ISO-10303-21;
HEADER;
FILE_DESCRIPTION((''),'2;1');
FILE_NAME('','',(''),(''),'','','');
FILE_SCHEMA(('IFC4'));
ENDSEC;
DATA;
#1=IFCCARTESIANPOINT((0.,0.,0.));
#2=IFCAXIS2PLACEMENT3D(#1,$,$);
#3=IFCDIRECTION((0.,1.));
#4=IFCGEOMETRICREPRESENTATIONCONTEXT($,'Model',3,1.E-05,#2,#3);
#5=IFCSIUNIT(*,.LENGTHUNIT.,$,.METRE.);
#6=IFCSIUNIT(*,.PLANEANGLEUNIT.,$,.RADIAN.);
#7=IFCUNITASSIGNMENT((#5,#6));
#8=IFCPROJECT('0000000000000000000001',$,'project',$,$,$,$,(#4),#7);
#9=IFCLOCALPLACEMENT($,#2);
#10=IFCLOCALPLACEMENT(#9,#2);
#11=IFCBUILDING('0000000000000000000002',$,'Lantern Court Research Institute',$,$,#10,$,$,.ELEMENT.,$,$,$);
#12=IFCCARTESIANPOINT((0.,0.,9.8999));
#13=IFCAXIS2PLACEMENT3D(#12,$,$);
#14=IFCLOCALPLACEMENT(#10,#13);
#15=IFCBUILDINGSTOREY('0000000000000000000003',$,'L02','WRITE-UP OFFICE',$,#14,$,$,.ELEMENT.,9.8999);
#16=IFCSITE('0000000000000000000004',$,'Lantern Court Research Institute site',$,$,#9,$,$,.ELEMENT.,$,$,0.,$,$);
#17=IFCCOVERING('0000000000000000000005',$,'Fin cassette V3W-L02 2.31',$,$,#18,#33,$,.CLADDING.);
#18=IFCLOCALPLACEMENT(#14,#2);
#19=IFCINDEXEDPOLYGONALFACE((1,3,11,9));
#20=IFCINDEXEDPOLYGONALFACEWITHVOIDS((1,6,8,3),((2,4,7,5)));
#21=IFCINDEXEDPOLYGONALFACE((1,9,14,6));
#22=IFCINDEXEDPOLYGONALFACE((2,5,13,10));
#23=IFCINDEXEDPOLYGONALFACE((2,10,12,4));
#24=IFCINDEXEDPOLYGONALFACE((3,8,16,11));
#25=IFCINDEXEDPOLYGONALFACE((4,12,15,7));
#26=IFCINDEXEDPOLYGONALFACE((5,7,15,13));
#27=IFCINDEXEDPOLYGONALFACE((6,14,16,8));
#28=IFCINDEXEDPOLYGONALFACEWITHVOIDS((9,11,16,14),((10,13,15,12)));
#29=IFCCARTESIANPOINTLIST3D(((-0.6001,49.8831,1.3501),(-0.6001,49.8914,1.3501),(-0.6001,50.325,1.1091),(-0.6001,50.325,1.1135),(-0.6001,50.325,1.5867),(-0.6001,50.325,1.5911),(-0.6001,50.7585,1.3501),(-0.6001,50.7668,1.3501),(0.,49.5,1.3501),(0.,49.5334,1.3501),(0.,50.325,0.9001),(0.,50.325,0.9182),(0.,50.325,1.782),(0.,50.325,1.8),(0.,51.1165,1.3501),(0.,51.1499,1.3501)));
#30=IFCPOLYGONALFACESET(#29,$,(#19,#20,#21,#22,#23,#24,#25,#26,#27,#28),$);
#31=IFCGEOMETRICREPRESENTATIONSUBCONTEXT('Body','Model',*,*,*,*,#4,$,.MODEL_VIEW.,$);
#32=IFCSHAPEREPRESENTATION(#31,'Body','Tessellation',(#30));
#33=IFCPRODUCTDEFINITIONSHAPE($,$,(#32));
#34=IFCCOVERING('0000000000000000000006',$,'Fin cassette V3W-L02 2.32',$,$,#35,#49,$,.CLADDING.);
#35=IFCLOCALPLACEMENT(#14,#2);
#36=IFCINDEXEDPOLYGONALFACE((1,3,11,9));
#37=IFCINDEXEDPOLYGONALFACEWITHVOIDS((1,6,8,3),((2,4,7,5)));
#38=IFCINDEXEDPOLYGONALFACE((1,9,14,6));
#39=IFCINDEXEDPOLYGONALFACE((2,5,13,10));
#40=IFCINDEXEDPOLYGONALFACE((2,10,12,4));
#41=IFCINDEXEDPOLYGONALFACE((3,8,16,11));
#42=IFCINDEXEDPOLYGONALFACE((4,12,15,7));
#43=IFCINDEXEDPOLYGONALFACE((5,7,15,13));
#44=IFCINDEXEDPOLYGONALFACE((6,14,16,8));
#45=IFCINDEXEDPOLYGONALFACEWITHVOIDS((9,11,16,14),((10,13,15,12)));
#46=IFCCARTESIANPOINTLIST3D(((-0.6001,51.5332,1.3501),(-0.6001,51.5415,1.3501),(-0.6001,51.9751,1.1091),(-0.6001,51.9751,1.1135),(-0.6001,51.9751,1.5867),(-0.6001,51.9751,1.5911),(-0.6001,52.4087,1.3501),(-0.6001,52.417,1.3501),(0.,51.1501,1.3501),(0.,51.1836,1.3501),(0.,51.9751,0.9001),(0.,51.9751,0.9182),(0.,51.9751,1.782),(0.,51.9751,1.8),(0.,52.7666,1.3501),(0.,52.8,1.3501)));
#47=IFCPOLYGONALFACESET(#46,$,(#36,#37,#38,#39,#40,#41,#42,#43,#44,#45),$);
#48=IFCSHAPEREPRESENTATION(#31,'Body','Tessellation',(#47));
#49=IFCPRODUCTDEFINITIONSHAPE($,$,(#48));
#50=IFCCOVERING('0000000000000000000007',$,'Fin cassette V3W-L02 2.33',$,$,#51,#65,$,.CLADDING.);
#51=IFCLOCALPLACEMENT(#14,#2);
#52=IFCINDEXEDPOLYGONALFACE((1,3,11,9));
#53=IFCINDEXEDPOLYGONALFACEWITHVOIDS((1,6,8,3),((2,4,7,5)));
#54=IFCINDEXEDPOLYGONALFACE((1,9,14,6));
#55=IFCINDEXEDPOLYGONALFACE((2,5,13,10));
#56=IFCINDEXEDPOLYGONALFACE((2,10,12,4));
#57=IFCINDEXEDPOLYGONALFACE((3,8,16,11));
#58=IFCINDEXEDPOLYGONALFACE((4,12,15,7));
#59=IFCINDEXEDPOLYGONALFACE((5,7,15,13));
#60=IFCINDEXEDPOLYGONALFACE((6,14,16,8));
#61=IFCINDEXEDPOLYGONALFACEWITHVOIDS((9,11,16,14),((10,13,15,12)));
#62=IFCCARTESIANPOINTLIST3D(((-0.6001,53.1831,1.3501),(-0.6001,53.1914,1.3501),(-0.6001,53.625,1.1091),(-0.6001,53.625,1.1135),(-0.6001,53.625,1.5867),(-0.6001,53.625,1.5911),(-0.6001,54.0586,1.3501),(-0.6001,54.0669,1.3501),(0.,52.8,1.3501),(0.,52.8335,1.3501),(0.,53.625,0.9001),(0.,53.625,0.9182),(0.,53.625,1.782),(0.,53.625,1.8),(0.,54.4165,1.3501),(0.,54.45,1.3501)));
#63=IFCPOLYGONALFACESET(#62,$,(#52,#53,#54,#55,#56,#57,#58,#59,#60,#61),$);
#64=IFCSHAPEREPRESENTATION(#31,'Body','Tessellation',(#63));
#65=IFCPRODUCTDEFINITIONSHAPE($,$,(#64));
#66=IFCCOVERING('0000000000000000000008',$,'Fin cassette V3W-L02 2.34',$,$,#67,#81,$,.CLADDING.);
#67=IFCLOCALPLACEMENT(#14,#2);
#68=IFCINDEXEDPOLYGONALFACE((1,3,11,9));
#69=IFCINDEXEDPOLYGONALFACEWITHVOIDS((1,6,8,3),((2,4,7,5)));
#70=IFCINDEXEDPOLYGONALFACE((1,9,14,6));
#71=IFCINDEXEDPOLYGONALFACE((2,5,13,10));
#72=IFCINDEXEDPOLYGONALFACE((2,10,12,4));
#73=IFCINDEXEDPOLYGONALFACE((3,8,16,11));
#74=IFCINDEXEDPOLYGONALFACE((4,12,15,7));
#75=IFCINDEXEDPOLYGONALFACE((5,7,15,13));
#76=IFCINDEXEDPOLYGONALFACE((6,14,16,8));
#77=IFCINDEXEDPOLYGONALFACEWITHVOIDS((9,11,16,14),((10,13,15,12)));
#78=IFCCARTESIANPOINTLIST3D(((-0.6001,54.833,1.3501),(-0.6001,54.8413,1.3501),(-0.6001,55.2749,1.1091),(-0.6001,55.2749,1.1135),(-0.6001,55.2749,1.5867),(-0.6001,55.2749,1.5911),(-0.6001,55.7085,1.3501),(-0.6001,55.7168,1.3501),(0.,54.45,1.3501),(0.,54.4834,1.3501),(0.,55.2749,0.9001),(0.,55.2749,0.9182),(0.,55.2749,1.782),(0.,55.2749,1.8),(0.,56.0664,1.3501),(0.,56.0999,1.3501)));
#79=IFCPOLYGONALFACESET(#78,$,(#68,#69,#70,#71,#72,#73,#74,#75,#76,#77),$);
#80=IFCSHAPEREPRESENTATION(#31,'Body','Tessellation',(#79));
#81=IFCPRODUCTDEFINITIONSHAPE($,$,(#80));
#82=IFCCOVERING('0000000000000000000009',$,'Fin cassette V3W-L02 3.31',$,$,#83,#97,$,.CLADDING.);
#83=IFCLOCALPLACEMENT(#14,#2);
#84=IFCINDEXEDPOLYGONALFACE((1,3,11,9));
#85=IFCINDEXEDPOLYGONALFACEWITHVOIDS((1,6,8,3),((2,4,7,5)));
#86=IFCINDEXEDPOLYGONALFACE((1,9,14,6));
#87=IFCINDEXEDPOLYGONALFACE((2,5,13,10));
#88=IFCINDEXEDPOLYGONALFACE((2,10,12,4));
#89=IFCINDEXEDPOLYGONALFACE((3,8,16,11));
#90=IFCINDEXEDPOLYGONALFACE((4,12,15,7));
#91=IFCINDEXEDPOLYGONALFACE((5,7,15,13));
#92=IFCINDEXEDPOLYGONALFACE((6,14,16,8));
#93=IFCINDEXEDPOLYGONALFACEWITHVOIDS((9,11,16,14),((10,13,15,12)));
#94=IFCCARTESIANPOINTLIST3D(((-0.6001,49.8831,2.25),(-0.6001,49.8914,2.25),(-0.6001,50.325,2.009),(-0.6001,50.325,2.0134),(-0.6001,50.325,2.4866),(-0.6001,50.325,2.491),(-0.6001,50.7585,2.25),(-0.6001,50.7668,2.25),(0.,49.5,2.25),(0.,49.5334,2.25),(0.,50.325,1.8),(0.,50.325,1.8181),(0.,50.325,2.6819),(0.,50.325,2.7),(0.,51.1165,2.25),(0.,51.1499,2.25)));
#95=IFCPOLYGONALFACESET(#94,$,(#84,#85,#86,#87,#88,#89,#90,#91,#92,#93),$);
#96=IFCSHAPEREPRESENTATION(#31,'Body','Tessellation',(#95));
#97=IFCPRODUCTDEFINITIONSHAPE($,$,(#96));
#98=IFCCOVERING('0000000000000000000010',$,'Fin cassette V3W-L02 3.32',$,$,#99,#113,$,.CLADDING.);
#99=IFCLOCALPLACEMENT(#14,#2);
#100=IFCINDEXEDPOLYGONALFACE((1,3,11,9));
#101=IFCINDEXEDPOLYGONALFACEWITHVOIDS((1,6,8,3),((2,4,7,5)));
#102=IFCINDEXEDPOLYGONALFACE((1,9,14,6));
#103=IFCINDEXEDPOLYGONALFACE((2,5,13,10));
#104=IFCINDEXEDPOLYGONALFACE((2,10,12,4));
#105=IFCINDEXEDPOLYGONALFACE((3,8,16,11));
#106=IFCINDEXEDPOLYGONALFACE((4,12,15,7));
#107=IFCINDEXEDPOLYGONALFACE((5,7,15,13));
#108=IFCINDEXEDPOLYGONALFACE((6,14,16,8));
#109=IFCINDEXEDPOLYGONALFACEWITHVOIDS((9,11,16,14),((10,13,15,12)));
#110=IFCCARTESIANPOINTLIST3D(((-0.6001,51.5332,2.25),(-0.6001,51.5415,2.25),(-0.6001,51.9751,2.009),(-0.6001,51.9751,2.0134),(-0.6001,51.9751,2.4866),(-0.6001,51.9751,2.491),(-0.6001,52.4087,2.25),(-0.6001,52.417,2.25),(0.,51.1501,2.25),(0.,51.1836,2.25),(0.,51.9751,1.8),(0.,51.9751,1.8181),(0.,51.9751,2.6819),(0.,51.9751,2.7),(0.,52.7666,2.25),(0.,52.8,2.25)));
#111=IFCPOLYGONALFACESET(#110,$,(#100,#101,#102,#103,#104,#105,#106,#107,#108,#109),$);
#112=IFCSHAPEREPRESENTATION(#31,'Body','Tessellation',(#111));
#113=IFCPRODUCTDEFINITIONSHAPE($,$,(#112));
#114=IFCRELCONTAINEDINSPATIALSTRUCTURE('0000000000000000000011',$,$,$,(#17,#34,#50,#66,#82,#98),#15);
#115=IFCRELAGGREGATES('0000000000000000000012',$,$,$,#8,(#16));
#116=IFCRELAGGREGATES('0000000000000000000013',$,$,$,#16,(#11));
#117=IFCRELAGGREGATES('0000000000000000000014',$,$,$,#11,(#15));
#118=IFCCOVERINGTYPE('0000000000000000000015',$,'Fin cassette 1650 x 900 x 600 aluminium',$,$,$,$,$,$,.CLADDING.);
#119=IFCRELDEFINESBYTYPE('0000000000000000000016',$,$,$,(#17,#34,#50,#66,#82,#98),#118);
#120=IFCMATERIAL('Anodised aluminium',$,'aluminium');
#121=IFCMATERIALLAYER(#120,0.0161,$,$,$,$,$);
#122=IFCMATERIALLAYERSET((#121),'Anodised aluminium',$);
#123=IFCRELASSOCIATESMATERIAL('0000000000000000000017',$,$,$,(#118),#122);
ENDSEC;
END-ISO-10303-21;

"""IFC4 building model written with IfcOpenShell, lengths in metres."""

from ifc_helpers import new_model, entity, si_unit, direction, frame, origin, place, context, subcontext, project, spatial, material, layer, layer_set, type_object, element, save


model = new_model("IFC4")

# Units and contexts
model_context = context("Model", 3, precision=1e-05, world=origin(), true_north=direction((0.0, 1.0)))
body_context = subcontext(model_context, "Body", "Model", "MODEL_VIEW")
ifc_project = project(units=[si_unit("LENGTHUNIT", "METRE"), si_unit("PLANEANGLEUNIT", "RADIAN")], contexts=[model_context])

# Site, building, storey
site_placement = place(None, origin())
site = spatial("IfcSite", under=ifc_project, at=site_placement, Name="Lantern Court Research Institute site", CompositionType="ELEMENT", RefElevation=0.0)
building_placement = place(site_placement, origin())
building = spatial("IfcBuilding", under=site, at=building_placement, Name="Lantern Court Research Institute", CompositionType="ELEMENT")
storey_placement = place(building_placement, frame((0.0, 0.0, 9.8999)))
storey = spatial("IfcBuildingStorey", under=building, at=storey_placement, Name="L02", Description="WRITE-UP OFFICE", CompositionType="ELEMENT", Elevation=9.8999)

# Coverings
ifc_material_1 = material(Name="Anodised aluminium", Category="aluminium")
ifc_layer_1 = layer(ifc_material_1, 0.0161)
ifc_layer_set_1 = layer_set([ifc_layer_1], Name="Anodised aluminium")
covering_type = type_object("IfcCoveringType", Name="Fin cassette 1650 x 900 x 600 aluminium", PredefinedType="CLADDING", material=ifc_layer_set_1)
covering_1_placement = place(storey_placement, frame((0.0, 50.325, 1.3501), z_axis=(-1.0, 0.0, 0.0), x_axis=(0.0, -1.0, 0.0)))
cartesian_point_1 = entity("IfcCartesianPoint", [0.825, 0.0])
cartesian_point_2 = entity("IfcCartesianPoint", [0.7915, 0.0])
cartesian_point_3 = entity("IfcCartesianPoint", [0.4419, 0.0])
cartesian_point_4 = entity("IfcCartesianPoint", [0.4336, 0.0])
element("IfcCovering", 1, at=covering_1_placement, inside=storey, type_object=covering_type, Name="Fin cassette V3W-L02 2.31", PredefinedType="CLADDING", context=body_context, shape_type="SweptSolid", body=[
    entity("IfcExtrudedAreaSolidTapered", entity("IfcArbitraryProfileDefWithVoids", "AREA", None, entity("IfcPolyline", [cartesian_point_1, entity("IfcCartesianPoint", [0.0, 0.45]), entity("IfcCartesianPoint", [-0.825, 0.0]), entity("IfcCartesianPoint", [0.0, -0.45]), cartesian_point_1]), [entity("IfcPolyline", [cartesian_point_2, entity("IfcCartesianPoint", [0.0, 0.4319]), entity("IfcCartesianPoint", [-0.7915, 0.0]), entity("IfcCartesianPoint", [0.0, -0.4319]), cartesian_point_2])]), entity("IfcAxis2Placement3D", entity("IfcCartesianPoint", [0.0, 0.0, 0.0])), entity("IfcDirection", [0.0, 0.0, 1.0]), 0.6001, entity("IfcArbitraryProfileDefWithVoids", "AREA", None, entity("IfcPolyline", [cartesian_point_3, entity("IfcCartesianPoint", [0.0, 0.241]), entity("IfcCartesianPoint", [-0.4419, 0.0]), entity("IfcCartesianPoint", [0.0, -0.241]), cartesian_point_3]), [entity("IfcPolyline", [cartesian_point_4, entity("IfcCartesianPoint", [0.0, 0.2366]), entity("IfcCartesianPoint", [-0.4336, 0.0]), entity("IfcCartesianPoint", [0.0, -0.2366]), cartesian_point_4])])),
])
covering_2_placement = place(storey_placement, frame((0.0, 51.9751, 1.3501), z_axis=(-1.0, 0.0, 0.0), x_axis=(0.0, -1.0, 0.0)))
cartesian_point_5 = entity("IfcCartesianPoint", [0.825, 0.0])
cartesian_point_6 = entity("IfcCartesianPoint", [0.7915, 0.0])
cartesian_point_7 = entity("IfcCartesianPoint", [0.4419, 0.0])
cartesian_point_8 = entity("IfcCartesianPoint", [0.4336, 0.0])
element("IfcCovering", 2, at=covering_2_placement, inside=storey, type_object=covering_type, Name="Fin cassette V3W-L02 2.32", PredefinedType="CLADDING", context=body_context, shape_type="SweptSolid", body=[
    entity("IfcExtrudedAreaSolidTapered", entity("IfcArbitraryProfileDefWithVoids", "AREA", None, entity("IfcPolyline", [cartesian_point_5, entity("IfcCartesianPoint", [0.0, 0.45]), entity("IfcCartesianPoint", [-0.825, 0.0]), entity("IfcCartesianPoint", [0.0, -0.45]), cartesian_point_5]), [entity("IfcPolyline", [cartesian_point_6, entity("IfcCartesianPoint", [0.0, 0.4319]), entity("IfcCartesianPoint", [-0.7915, 0.0]), entity("IfcCartesianPoint", [0.0, -0.4319]), cartesian_point_6])]), entity("IfcAxis2Placement3D", entity("IfcCartesianPoint", [0.0, 0.0, 0.0])), entity("IfcDirection", [0.0, 0.0, 1.0]), 0.6001, entity("IfcArbitraryProfileDefWithVoids", "AREA", None, entity("IfcPolyline", [cartesian_point_7, entity("IfcCartesianPoint", [0.0, 0.241]), entity("IfcCartesianPoint", [-0.4419, 0.0]), entity("IfcCartesianPoint", [0.0, -0.241]), cartesian_point_7]), [entity("IfcPolyline", [cartesian_point_8, entity("IfcCartesianPoint", [0.0, 0.2366]), entity("IfcCartesianPoint", [-0.4336, 0.0]), entity("IfcCartesianPoint", [0.0, -0.2366]), cartesian_point_8])])),
])
covering_3_placement = place(storey_placement, frame((0.0, 53.625, 1.3501), z_axis=(-1.0, 0.0, 0.0), x_axis=(0.0, -1.0, 0.0)))
cartesian_point_9 = entity("IfcCartesianPoint", [0.825, 0.0])
cartesian_point_10 = entity("IfcCartesianPoint", [0.7915, 0.0])
cartesian_point_11 = entity("IfcCartesianPoint", [0.4419, 0.0])
cartesian_point_12 = entity("IfcCartesianPoint", [0.4336, 0.0])
element("IfcCovering", 3, at=covering_3_placement, inside=storey, type_object=covering_type, Name="Fin cassette V3W-L02 2.33", PredefinedType="CLADDING", context=body_context, shape_type="SweptSolid", body=[
    entity("IfcExtrudedAreaSolidTapered", entity("IfcArbitraryProfileDefWithVoids", "AREA", None, entity("IfcPolyline", [cartesian_point_9, entity("IfcCartesianPoint", [0.0, 0.45]), entity("IfcCartesianPoint", [-0.825, 0.0]), entity("IfcCartesianPoint", [0.0, -0.45]), cartesian_point_9]), [entity("IfcPolyline", [cartesian_point_10, entity("IfcCartesianPoint", [0.0, 0.4319]), entity("IfcCartesianPoint", [-0.7915, 0.0]), entity("IfcCartesianPoint", [0.0, -0.4319]), cartesian_point_10])]), entity("IfcAxis2Placement3D", entity("IfcCartesianPoint", [0.0, 0.0, 0.0])), entity("IfcDirection", [0.0, 0.0, 1.0]), 0.6001, entity("IfcArbitraryProfileDefWithVoids", "AREA", None, entity("IfcPolyline", [cartesian_point_11, entity("IfcCartesianPoint", [0.0, 0.241]), entity("IfcCartesianPoint", [-0.4419, 0.0]), entity("IfcCartesianPoint", [0.0, -0.241]), cartesian_point_11]), [entity("IfcPolyline", [cartesian_point_12, entity("IfcCartesianPoint", [0.0, 0.2366]), entity("IfcCartesianPoint", [-0.4336, 0.0]), entity("IfcCartesianPoint", [0.0, -0.2366]), cartesian_point_12])])),
])
covering_4_placement = place(storey_placement, frame((0.0, 55.2749, 1.3501), z_axis=(-1.0, 0.0, 0.0), x_axis=(0.0, -1.0, 0.0)))
cartesian_point_13 = entity("IfcCartesianPoint", [0.825, 0.0])
cartesian_point_14 = entity("IfcCartesianPoint", [0.7915, 0.0])
cartesian_point_15 = entity("IfcCartesianPoint", [0.4419, 0.0])
cartesian_point_16 = entity("IfcCartesianPoint", [0.4336, 0.0])
element("IfcCovering", 4, at=covering_4_placement, inside=storey, type_object=covering_type, Name="Fin cassette V3W-L02 2.34", PredefinedType="CLADDING", context=body_context, shape_type="SweptSolid", body=[
    entity("IfcExtrudedAreaSolidTapered", entity("IfcArbitraryProfileDefWithVoids", "AREA", None, entity("IfcPolyline", [cartesian_point_13, entity("IfcCartesianPoint", [0.0, 0.45]), entity("IfcCartesianPoint", [-0.825, 0.0]), entity("IfcCartesianPoint", [0.0, -0.45]), cartesian_point_13]), [entity("IfcPolyline", [cartesian_point_14, entity("IfcCartesianPoint", [0.0, 0.4319]), entity("IfcCartesianPoint", [-0.7915, 0.0]), entity("IfcCartesianPoint", [0.0, -0.4319]), cartesian_point_14])]), entity("IfcAxis2Placement3D", entity("IfcCartesianPoint", [0.0, 0.0, 0.0])), entity("IfcDirection", [0.0, 0.0, 1.0]), 0.6001, entity("IfcArbitraryProfileDefWithVoids", "AREA", None, entity("IfcPolyline", [cartesian_point_15, entity("IfcCartesianPoint", [0.0, 0.241]), entity("IfcCartesianPoint", [-0.4419, 0.0]), entity("IfcCartesianPoint", [0.0, -0.241]), cartesian_point_15]), [entity("IfcPolyline", [cartesian_point_16, entity("IfcCartesianPoint", [0.0, 0.2366]), entity("IfcCartesianPoint", [-0.4336, 0.0]), entity("IfcCartesianPoint", [0.0, -0.2366]), cartesian_point_16])])),
])
covering_5_placement = place(storey_placement, frame((0.0, 50.325, 2.25), z_axis=(-1.0, 0.0, 0.0), x_axis=(0.0, -1.0, 0.0)))
cartesian_point_17 = entity("IfcCartesianPoint", [0.825, 0.0])
cartesian_point_18 = entity("IfcCartesianPoint", [0.7915, 0.0])
cartesian_point_19 = entity("IfcCartesianPoint", [0.4419, 0.0])
cartesian_point_20 = entity("IfcCartesianPoint", [0.4336, 0.0])
element("IfcCovering", 5, at=covering_5_placement, inside=storey, type_object=covering_type, Name="Fin cassette V3W-L02 3.31", PredefinedType="CLADDING", context=body_context, shape_type="SweptSolid", body=[
    entity("IfcExtrudedAreaSolidTapered", entity("IfcArbitraryProfileDefWithVoids", "AREA", None, entity("IfcPolyline", [cartesian_point_17, entity("IfcCartesianPoint", [0.0, 0.45]), entity("IfcCartesianPoint", [-0.825, 0.0]), entity("IfcCartesianPoint", [0.0, -0.45]), cartesian_point_17]), [entity("IfcPolyline", [cartesian_point_18, entity("IfcCartesianPoint", [0.0, 0.4319]), entity("IfcCartesianPoint", [-0.7915, 0.0]), entity("IfcCartesianPoint", [0.0, -0.4319]), cartesian_point_18])]), entity("IfcAxis2Placement3D", entity("IfcCartesianPoint", [0.0, 0.0, 0.0])), entity("IfcDirection", [0.0, 0.0, 1.0]), 0.6001, entity("IfcArbitraryProfileDefWithVoids", "AREA", None, entity("IfcPolyline", [cartesian_point_19, entity("IfcCartesianPoint", [0.0, 0.241]), entity("IfcCartesianPoint", [-0.4419, 0.0]), entity("IfcCartesianPoint", [0.0, -0.241]), cartesian_point_19]), [entity("IfcPolyline", [cartesian_point_20, entity("IfcCartesianPoint", [0.0, 0.2366]), entity("IfcCartesianPoint", [-0.4336, 0.0]), entity("IfcCartesianPoint", [0.0, -0.2366]), cartesian_point_20])])),
])
covering_6_placement = place(storey_placement, frame((0.0, 51.9751, 2.25), z_axis=(-1.0, 0.0, 0.0), x_axis=(0.0, -1.0, 0.0)))
cartesian_point_21 = entity("IfcCartesianPoint", [0.825, 0.0])
cartesian_point_22 = entity("IfcCartesianPoint", [0.7915, 0.0])
cartesian_point_23 = entity("IfcCartesianPoint", [0.4419, 0.0])
cartesian_point_24 = entity("IfcCartesianPoint", [0.4336, 0.0])
element("IfcCovering", 6, at=covering_6_placement, inside=storey, type_object=covering_type, Name="Fin cassette V3W-L02 3.32", PredefinedType="CLADDING", context=body_context, shape_type="SweptSolid", body=[
    entity("IfcExtrudedAreaSolidTapered", entity("IfcArbitraryProfileDefWithVoids", "AREA", None, entity("IfcPolyline", [cartesian_point_21, entity("IfcCartesianPoint", [0.0, 0.45]), entity("IfcCartesianPoint", [-0.825, 0.0]), entity("IfcCartesianPoint", [0.0, -0.45]), cartesian_point_21]), [entity("IfcPolyline", [cartesian_point_22, entity("IfcCartesianPoint", [0.0, 0.4319]), entity("IfcCartesianPoint", [-0.7915, 0.0]), entity("IfcCartesianPoint", [0.0, -0.4319]), cartesian_point_22])]), entity("IfcAxis2Placement3D", entity("IfcCartesianPoint", [0.0, 0.0, 0.0])), entity("IfcDirection", [0.0, 0.0, 1.0]), 0.6001, entity("IfcArbitraryProfileDefWithVoids", "AREA", None, entity("IfcPolyline", [cartesian_point_23, entity("IfcCartesianPoint", [0.0, 0.241]), entity("IfcCartesianPoint", [-0.4419, 0.0]), entity("IfcCartesianPoint", [0.0, -0.241]), cartesian_point_23]), [entity("IfcPolyline", [cartesian_point_24, entity("IfcCartesianPoint", [0.0, 0.2366]), entity("IfcCartesianPoint", [-0.4336, 0.0]), entity("IfcCartesianPoint", [0.0, -0.2366]), cartesian_point_24])])),
])

save(model, "model.ifc")
